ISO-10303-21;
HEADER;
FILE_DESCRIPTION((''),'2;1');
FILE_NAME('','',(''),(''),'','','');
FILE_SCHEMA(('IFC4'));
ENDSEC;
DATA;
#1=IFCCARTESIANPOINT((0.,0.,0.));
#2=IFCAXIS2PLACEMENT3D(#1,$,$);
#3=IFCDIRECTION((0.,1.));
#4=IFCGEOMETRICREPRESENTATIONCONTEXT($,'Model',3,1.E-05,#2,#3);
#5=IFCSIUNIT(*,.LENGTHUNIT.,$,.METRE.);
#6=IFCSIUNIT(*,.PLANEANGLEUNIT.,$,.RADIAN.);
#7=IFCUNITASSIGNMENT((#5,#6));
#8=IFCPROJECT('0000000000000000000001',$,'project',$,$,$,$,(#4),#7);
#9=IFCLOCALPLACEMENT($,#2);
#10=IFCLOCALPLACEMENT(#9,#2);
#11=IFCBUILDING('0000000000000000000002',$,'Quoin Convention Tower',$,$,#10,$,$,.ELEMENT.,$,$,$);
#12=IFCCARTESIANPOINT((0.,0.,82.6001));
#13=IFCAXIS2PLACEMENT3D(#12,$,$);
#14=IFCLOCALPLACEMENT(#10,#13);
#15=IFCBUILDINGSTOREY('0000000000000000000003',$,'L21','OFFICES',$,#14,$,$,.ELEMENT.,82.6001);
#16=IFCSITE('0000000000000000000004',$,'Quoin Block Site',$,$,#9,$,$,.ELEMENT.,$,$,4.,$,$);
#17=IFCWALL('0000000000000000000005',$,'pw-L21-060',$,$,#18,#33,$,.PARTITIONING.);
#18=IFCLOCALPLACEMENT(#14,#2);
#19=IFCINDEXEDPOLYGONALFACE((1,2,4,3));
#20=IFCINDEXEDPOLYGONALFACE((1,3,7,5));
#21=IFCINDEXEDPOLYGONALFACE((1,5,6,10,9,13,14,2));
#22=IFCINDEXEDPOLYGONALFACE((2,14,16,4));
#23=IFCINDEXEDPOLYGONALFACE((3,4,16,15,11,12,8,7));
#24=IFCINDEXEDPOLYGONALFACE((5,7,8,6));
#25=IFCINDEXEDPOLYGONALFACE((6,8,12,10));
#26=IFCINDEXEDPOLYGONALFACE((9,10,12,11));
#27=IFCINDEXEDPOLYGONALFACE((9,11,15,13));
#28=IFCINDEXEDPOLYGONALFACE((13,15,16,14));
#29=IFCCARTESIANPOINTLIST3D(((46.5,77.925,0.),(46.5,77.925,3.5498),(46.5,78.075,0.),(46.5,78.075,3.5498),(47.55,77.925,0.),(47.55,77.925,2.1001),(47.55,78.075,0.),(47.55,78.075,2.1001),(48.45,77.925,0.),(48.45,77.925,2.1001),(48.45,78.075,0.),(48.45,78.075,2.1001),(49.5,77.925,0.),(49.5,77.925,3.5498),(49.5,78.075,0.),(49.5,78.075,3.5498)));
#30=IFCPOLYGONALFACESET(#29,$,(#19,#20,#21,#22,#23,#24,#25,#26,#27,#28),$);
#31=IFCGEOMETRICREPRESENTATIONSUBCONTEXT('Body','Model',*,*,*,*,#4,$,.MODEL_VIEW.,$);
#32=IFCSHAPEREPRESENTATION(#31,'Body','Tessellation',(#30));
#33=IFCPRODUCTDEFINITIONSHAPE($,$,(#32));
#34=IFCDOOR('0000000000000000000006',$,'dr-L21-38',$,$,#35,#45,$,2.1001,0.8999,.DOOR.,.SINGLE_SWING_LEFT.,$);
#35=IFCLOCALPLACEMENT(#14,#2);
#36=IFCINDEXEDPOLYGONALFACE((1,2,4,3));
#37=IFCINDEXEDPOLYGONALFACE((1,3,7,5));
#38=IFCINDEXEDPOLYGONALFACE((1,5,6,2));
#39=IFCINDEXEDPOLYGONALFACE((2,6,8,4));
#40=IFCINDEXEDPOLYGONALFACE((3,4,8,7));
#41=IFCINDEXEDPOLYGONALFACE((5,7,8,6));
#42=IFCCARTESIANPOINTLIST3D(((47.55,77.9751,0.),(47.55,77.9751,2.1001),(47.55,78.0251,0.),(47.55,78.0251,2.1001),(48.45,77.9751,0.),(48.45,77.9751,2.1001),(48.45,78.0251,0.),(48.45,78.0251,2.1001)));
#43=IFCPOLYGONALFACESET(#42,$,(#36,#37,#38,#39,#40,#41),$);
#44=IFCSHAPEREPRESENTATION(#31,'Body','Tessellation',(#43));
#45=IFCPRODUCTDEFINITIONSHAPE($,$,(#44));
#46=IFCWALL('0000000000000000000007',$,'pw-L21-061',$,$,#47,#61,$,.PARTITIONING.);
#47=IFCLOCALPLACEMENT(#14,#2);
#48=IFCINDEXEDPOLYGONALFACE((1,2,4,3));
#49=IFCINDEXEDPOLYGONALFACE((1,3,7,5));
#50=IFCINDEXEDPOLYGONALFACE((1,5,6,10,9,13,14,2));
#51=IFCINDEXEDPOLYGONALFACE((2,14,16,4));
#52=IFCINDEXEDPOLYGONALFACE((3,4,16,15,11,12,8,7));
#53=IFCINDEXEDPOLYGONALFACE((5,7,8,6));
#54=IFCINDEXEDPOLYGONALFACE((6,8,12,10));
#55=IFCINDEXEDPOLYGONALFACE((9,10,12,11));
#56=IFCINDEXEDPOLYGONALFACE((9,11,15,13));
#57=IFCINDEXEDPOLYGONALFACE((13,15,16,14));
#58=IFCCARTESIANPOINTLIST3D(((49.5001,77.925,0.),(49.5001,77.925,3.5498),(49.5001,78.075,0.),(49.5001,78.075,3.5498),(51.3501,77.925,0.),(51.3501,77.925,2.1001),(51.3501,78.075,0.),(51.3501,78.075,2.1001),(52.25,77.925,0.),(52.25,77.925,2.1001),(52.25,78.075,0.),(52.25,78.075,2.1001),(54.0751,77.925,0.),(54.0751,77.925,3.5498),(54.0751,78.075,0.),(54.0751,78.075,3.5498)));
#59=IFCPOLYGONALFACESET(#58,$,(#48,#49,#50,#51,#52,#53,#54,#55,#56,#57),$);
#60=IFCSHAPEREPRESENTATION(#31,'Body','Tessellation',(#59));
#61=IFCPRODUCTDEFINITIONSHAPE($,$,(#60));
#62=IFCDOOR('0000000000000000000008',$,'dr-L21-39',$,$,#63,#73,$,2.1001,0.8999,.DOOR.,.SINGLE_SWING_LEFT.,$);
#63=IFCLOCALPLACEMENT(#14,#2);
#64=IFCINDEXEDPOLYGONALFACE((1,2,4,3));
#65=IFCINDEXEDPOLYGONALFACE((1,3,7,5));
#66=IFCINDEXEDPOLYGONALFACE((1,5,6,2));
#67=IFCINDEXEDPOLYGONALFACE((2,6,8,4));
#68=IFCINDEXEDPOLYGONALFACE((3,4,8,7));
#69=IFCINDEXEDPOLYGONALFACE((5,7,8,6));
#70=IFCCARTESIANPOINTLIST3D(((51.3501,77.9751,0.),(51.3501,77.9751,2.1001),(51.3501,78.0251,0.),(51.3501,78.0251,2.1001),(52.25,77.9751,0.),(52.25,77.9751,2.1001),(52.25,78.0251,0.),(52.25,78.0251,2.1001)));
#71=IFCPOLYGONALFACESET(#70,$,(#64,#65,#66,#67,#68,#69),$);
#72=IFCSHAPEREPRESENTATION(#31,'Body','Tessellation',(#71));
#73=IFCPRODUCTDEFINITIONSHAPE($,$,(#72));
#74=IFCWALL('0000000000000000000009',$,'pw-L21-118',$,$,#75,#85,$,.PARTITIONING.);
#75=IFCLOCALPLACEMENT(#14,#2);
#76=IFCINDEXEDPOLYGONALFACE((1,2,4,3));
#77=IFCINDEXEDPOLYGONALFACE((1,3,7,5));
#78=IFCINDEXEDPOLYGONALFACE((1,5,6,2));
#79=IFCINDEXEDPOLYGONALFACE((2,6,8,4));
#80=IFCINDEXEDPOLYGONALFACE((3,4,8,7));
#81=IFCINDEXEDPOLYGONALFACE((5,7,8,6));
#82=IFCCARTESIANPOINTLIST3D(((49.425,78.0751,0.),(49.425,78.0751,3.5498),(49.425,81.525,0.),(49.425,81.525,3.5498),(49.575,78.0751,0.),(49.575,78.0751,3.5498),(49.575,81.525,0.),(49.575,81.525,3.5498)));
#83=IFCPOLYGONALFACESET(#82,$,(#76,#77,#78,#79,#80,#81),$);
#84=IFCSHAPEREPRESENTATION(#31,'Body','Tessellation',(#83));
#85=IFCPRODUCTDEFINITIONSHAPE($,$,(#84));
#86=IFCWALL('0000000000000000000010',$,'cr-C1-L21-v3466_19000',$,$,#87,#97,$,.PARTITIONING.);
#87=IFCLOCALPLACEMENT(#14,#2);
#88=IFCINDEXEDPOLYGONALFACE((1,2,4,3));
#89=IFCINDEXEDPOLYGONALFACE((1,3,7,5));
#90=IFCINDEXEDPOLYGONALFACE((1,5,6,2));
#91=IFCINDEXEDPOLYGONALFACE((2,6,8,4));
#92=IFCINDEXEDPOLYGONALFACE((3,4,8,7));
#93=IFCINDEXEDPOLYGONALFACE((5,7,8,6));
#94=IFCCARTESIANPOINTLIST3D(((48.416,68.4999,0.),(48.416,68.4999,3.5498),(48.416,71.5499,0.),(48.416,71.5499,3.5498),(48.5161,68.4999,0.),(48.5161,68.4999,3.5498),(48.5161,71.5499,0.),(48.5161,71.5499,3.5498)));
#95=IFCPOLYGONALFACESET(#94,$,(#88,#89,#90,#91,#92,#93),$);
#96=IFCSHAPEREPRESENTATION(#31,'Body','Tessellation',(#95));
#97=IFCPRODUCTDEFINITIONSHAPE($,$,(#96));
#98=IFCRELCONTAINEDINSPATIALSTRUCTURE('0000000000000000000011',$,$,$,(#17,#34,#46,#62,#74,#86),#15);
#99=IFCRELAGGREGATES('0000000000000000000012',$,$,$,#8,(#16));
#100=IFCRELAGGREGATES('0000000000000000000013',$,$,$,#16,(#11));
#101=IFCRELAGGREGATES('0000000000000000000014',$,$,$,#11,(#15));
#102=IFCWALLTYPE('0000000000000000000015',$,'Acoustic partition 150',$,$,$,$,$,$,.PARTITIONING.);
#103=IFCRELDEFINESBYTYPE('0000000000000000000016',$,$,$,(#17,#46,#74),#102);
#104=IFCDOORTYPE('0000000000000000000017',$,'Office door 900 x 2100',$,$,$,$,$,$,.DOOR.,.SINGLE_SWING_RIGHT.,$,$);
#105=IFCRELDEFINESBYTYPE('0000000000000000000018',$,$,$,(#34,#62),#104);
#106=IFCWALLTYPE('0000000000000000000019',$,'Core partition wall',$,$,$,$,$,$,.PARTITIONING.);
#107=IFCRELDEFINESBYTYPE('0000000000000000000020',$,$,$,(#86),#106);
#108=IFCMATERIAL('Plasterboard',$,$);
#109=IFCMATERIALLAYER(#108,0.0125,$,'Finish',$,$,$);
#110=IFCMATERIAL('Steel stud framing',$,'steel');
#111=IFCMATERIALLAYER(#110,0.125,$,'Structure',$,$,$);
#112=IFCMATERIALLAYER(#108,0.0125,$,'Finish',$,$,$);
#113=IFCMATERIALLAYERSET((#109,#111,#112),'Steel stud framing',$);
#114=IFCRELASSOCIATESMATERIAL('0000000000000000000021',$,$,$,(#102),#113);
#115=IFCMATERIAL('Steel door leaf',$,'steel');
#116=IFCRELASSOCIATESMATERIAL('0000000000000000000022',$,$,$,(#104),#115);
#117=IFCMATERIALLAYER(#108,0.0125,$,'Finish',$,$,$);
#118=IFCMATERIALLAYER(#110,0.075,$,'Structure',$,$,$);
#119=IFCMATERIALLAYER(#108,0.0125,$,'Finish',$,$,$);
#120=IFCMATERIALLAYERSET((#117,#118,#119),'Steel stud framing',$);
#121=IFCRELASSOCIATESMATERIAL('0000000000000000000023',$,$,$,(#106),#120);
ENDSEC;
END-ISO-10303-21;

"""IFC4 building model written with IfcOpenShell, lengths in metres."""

from ifc_helpers import new_model, si_unit, direction, frame, frame_2d, origin, place, context, subcontext, project, spatial, rectangle, extrude, material, layer, layer_set, type_object, element, fill, save


model = new_model("IFC4")

# Units and contexts
model_context = context("Model", 3, precision=1e-05, world=origin(), true_north=direction((0.0, 1.0)))
body_context = subcontext(model_context, "Body", "Model", "MODEL_VIEW")
ifc_project = project(units=[si_unit("LENGTHUNIT", "METRE"), si_unit("PLANEANGLEUNIT", "RADIAN")], contexts=[model_context])

# Site, building, storey
site_placement = place(None, origin())
site = spatial("IfcSite", under=ifc_project, at=site_placement, Name="Quoin Block Site", CompositionType="ELEMENT", RefElevation=4.0)
building_placement = place(site_placement, origin())
building = spatial("IfcBuilding", under=site, at=building_placement, Name="Quoin Convention Tower", CompositionType="ELEMENT")
storey_placement = place(building_placement, frame((0.0, 0.0, 82.6001)))
storey = spatial("IfcBuildingStorey", under=building, at=storey_placement, Name="L21", Description="OFFICES", CompositionType="ELEMENT", Elevation=82.6001)

# Walls, openings, doors
ifc_material_1 = material(Name="Plasterboard")
ifc_layer_1 = layer(ifc_material_1, 0.0125, Name="Finish")
ifc_material_2 = material(Name="Steel stud framing", Category="steel")
ifc_layer_2 = layer(ifc_material_2, 0.125, Name="Structure")
ifc_layer_3 = layer(ifc_material_1, 0.0125, Name="Finish")
ifc_layer_set_1 = layer_set([ifc_layer_1, ifc_layer_2, ifc_layer_3], Name="Steel stud framing")
wall_type_1 = type_object("IfcWallType", Name="Acoustic partition 150", PredefinedType="PARTITIONING", material=ifc_layer_set_1)
wall_1_placement = place(storey_placement, frame((46.5, 78.0, 0.0), z_axis=(0.0, 0.0, 1.0), x_axis=(1.0, 0.0, 0.0)))
wall_1 = element("IfcWall", 1, at=wall_1_placement, inside=storey, type_object=wall_type_1, Name="pw-L21-060", PredefinedType="PARTITIONING", context=body_context, shape_type="SweptSolid", body=[
    extrude(rectangle(XDim=3.0, YDim=0.1499, at=frame_2d((1.5, 0.0))), origin(), (0.0, 0.0, 1.0), 3.5498),
])
opening_1_placement = place(wall_1_placement, frame((1.05, 0.0, 0.0)))
opening_1 = element("IfcOpeningElement", 2, at=opening_1_placement, cuts=wall_1, PredefinedType="OPENING", context=body_context, shape_type="SweptSolid", body=[
    extrude(rectangle(XDim=0.8999, YDim=2.1001, at=frame_2d((0.45, 1.05))), frame((0.0, 0.085, 0.0), z_axis=(0.0, -1.0, 0.0), x_axis=(1.0, 0.0, 0.0)), (0.0, 0.0, 1.0), 0.1699),
])
ifc_material_3 = material(Name="Steel door leaf", Category="steel")
door_type_1 = type_object("IfcDoorType", Name="Office door 900 x 2100", OperationType="SINGLE_SWING_RIGHT", PredefinedType="DOOR", material=ifc_material_3)
door_1_placement = place(opening_1_placement, frame((0.8999, 0.0, 0.0), z_axis=(0.0, 0.0, 1.0), x_axis=(-1.0, 0.0, 0.0)))
door_1 = element("IfcDoor", 3, at=door_1_placement, inside=storey, type_object=door_type_1, Name="dr-L21-38", OperationType="SINGLE_SWING_LEFT", OverallHeight=2.1001, OverallWidth=0.8999, PredefinedType="DOOR", context=body_context, shape_type="SweptSolid", body=[
    extrude(rectangle(XDim=0.8999, YDim=2.1001, at=frame_2d((0.45, 1.05))), frame((0.0, 0.0249, 0.0), z_axis=(0.0, -1.0, 0.0), x_axis=(1.0, 0.0, 0.0)), (0.0, 0.0, 1.0), 0.05),
])
fill(opening_1, door_1)
wall_2_placement = place(storey_placement, frame((49.5, 78.0, 0.0), z_axis=(0.0, 0.0, 1.0), x_axis=(1.0, 0.0, 0.0)))
wall_2 = element("IfcWall", 4, at=wall_2_placement, inside=storey, type_object=wall_type_1, Name="pw-L21-061", PredefinedType="PARTITIONING", context=body_context, shape_type="SweptSolid", body=[
    extrude(rectangle(XDim=4.575, YDim=0.1499, at=frame_2d((2.2876, 0.0))), origin(), (0.0, 0.0, 1.0), 3.5498),
])
opening_2_placement = place(wall_2_placement, frame((1.8501, 0.0, 0.0)))
opening_2 = element("IfcOpeningElement", 5, at=opening_2_placement, cuts=wall_2, PredefinedType="OPENING", context=body_context, shape_type="SweptSolid", body=[
    extrude(rectangle(XDim=0.8999, YDim=2.1001, at=frame_2d((0.45, 1.05))), frame((0.0, 0.085, 0.0), z_axis=(0.0, -1.0, 0.0), x_axis=(1.0, 0.0, 0.0)), (0.0, 0.0, 1.0), 0.1699),
])
door_2_placement = place(opening_2_placement, frame((0.8999, 0.0, 0.0), z_axis=(0.0, 0.0, 1.0), x_axis=(-1.0, 0.0, 0.0)))
door_2 = element("IfcDoor", 6, at=door_2_placement, inside=storey, type_object=door_type_1, Name="dr-L21-39", OperationType="SINGLE_SWING_LEFT", OverallHeight=2.1001, OverallWidth=0.8999, PredefinedType="DOOR", context=body_context, shape_type="SweptSolid", body=[
    extrude(rectangle(XDim=0.8999, YDim=2.1001, at=frame_2d((0.45, 1.05))), frame((0.0, 0.0249, 0.0), z_axis=(0.0, -1.0, 0.0), x_axis=(1.0, 0.0, 0.0)), (0.0, 0.0, 1.0), 0.05),
])
fill(opening_2, door_2)

# Walls
wall_3_placement = place(storey_placement, frame((49.5, 78.075, 0.0), z_axis=(0.0, 0.0, 1.0), x_axis=(0.0, 1.0, 0.0)))
element("IfcWall", 7, at=wall_3_placement, inside=storey, type_object=wall_type_1, Name="pw-L21-118", PredefinedType="PARTITIONING", context=body_context, shape_type="SweptSolid", body=[
    extrude(rectangle(XDim=3.45, YDim=0.1499, at=frame_2d((1.7251, 0.0))), origin(), (0.0, 0.0, 1.0), 3.5498),
])
ifc_layer_4 = layer(ifc_material_1, 0.0125, Name="Finish")
ifc_layer_5 = layer(ifc_material_2, 0.075, Name="Structure")
ifc_layer_6 = layer(ifc_material_1, 0.0125, Name="Finish")
ifc_layer_set_2 = layer_set([ifc_layer_4, ifc_layer_5, ifc_layer_6], Name="Steel stud framing")
wall_type_2 = type_object("IfcWallType", Name="Core partition wall", PredefinedType="PARTITIONING", material=ifc_layer_set_2)
wall_4_placement = place(storey_placement, frame((48.4661, 68.5, 0.0), z_axis=(0.0, 0.0, 1.0), x_axis=(0.0, 1.0, 0.0)))
element("IfcWall", 8, at=wall_4_placement, inside=storey, type_object=wall_type_2, Name="cr-C1-L21-v3466_19000", PredefinedType="PARTITIONING", context=body_context, shape_type="SweptSolid", body=[
    extrude(rectangle(XDim=3.05, YDim=0.1001, at=frame_2d((1.5249, 0.0))), origin(), (0.0, 0.0, 1.0), 3.5498),
])

save(model, "model.ifc")
